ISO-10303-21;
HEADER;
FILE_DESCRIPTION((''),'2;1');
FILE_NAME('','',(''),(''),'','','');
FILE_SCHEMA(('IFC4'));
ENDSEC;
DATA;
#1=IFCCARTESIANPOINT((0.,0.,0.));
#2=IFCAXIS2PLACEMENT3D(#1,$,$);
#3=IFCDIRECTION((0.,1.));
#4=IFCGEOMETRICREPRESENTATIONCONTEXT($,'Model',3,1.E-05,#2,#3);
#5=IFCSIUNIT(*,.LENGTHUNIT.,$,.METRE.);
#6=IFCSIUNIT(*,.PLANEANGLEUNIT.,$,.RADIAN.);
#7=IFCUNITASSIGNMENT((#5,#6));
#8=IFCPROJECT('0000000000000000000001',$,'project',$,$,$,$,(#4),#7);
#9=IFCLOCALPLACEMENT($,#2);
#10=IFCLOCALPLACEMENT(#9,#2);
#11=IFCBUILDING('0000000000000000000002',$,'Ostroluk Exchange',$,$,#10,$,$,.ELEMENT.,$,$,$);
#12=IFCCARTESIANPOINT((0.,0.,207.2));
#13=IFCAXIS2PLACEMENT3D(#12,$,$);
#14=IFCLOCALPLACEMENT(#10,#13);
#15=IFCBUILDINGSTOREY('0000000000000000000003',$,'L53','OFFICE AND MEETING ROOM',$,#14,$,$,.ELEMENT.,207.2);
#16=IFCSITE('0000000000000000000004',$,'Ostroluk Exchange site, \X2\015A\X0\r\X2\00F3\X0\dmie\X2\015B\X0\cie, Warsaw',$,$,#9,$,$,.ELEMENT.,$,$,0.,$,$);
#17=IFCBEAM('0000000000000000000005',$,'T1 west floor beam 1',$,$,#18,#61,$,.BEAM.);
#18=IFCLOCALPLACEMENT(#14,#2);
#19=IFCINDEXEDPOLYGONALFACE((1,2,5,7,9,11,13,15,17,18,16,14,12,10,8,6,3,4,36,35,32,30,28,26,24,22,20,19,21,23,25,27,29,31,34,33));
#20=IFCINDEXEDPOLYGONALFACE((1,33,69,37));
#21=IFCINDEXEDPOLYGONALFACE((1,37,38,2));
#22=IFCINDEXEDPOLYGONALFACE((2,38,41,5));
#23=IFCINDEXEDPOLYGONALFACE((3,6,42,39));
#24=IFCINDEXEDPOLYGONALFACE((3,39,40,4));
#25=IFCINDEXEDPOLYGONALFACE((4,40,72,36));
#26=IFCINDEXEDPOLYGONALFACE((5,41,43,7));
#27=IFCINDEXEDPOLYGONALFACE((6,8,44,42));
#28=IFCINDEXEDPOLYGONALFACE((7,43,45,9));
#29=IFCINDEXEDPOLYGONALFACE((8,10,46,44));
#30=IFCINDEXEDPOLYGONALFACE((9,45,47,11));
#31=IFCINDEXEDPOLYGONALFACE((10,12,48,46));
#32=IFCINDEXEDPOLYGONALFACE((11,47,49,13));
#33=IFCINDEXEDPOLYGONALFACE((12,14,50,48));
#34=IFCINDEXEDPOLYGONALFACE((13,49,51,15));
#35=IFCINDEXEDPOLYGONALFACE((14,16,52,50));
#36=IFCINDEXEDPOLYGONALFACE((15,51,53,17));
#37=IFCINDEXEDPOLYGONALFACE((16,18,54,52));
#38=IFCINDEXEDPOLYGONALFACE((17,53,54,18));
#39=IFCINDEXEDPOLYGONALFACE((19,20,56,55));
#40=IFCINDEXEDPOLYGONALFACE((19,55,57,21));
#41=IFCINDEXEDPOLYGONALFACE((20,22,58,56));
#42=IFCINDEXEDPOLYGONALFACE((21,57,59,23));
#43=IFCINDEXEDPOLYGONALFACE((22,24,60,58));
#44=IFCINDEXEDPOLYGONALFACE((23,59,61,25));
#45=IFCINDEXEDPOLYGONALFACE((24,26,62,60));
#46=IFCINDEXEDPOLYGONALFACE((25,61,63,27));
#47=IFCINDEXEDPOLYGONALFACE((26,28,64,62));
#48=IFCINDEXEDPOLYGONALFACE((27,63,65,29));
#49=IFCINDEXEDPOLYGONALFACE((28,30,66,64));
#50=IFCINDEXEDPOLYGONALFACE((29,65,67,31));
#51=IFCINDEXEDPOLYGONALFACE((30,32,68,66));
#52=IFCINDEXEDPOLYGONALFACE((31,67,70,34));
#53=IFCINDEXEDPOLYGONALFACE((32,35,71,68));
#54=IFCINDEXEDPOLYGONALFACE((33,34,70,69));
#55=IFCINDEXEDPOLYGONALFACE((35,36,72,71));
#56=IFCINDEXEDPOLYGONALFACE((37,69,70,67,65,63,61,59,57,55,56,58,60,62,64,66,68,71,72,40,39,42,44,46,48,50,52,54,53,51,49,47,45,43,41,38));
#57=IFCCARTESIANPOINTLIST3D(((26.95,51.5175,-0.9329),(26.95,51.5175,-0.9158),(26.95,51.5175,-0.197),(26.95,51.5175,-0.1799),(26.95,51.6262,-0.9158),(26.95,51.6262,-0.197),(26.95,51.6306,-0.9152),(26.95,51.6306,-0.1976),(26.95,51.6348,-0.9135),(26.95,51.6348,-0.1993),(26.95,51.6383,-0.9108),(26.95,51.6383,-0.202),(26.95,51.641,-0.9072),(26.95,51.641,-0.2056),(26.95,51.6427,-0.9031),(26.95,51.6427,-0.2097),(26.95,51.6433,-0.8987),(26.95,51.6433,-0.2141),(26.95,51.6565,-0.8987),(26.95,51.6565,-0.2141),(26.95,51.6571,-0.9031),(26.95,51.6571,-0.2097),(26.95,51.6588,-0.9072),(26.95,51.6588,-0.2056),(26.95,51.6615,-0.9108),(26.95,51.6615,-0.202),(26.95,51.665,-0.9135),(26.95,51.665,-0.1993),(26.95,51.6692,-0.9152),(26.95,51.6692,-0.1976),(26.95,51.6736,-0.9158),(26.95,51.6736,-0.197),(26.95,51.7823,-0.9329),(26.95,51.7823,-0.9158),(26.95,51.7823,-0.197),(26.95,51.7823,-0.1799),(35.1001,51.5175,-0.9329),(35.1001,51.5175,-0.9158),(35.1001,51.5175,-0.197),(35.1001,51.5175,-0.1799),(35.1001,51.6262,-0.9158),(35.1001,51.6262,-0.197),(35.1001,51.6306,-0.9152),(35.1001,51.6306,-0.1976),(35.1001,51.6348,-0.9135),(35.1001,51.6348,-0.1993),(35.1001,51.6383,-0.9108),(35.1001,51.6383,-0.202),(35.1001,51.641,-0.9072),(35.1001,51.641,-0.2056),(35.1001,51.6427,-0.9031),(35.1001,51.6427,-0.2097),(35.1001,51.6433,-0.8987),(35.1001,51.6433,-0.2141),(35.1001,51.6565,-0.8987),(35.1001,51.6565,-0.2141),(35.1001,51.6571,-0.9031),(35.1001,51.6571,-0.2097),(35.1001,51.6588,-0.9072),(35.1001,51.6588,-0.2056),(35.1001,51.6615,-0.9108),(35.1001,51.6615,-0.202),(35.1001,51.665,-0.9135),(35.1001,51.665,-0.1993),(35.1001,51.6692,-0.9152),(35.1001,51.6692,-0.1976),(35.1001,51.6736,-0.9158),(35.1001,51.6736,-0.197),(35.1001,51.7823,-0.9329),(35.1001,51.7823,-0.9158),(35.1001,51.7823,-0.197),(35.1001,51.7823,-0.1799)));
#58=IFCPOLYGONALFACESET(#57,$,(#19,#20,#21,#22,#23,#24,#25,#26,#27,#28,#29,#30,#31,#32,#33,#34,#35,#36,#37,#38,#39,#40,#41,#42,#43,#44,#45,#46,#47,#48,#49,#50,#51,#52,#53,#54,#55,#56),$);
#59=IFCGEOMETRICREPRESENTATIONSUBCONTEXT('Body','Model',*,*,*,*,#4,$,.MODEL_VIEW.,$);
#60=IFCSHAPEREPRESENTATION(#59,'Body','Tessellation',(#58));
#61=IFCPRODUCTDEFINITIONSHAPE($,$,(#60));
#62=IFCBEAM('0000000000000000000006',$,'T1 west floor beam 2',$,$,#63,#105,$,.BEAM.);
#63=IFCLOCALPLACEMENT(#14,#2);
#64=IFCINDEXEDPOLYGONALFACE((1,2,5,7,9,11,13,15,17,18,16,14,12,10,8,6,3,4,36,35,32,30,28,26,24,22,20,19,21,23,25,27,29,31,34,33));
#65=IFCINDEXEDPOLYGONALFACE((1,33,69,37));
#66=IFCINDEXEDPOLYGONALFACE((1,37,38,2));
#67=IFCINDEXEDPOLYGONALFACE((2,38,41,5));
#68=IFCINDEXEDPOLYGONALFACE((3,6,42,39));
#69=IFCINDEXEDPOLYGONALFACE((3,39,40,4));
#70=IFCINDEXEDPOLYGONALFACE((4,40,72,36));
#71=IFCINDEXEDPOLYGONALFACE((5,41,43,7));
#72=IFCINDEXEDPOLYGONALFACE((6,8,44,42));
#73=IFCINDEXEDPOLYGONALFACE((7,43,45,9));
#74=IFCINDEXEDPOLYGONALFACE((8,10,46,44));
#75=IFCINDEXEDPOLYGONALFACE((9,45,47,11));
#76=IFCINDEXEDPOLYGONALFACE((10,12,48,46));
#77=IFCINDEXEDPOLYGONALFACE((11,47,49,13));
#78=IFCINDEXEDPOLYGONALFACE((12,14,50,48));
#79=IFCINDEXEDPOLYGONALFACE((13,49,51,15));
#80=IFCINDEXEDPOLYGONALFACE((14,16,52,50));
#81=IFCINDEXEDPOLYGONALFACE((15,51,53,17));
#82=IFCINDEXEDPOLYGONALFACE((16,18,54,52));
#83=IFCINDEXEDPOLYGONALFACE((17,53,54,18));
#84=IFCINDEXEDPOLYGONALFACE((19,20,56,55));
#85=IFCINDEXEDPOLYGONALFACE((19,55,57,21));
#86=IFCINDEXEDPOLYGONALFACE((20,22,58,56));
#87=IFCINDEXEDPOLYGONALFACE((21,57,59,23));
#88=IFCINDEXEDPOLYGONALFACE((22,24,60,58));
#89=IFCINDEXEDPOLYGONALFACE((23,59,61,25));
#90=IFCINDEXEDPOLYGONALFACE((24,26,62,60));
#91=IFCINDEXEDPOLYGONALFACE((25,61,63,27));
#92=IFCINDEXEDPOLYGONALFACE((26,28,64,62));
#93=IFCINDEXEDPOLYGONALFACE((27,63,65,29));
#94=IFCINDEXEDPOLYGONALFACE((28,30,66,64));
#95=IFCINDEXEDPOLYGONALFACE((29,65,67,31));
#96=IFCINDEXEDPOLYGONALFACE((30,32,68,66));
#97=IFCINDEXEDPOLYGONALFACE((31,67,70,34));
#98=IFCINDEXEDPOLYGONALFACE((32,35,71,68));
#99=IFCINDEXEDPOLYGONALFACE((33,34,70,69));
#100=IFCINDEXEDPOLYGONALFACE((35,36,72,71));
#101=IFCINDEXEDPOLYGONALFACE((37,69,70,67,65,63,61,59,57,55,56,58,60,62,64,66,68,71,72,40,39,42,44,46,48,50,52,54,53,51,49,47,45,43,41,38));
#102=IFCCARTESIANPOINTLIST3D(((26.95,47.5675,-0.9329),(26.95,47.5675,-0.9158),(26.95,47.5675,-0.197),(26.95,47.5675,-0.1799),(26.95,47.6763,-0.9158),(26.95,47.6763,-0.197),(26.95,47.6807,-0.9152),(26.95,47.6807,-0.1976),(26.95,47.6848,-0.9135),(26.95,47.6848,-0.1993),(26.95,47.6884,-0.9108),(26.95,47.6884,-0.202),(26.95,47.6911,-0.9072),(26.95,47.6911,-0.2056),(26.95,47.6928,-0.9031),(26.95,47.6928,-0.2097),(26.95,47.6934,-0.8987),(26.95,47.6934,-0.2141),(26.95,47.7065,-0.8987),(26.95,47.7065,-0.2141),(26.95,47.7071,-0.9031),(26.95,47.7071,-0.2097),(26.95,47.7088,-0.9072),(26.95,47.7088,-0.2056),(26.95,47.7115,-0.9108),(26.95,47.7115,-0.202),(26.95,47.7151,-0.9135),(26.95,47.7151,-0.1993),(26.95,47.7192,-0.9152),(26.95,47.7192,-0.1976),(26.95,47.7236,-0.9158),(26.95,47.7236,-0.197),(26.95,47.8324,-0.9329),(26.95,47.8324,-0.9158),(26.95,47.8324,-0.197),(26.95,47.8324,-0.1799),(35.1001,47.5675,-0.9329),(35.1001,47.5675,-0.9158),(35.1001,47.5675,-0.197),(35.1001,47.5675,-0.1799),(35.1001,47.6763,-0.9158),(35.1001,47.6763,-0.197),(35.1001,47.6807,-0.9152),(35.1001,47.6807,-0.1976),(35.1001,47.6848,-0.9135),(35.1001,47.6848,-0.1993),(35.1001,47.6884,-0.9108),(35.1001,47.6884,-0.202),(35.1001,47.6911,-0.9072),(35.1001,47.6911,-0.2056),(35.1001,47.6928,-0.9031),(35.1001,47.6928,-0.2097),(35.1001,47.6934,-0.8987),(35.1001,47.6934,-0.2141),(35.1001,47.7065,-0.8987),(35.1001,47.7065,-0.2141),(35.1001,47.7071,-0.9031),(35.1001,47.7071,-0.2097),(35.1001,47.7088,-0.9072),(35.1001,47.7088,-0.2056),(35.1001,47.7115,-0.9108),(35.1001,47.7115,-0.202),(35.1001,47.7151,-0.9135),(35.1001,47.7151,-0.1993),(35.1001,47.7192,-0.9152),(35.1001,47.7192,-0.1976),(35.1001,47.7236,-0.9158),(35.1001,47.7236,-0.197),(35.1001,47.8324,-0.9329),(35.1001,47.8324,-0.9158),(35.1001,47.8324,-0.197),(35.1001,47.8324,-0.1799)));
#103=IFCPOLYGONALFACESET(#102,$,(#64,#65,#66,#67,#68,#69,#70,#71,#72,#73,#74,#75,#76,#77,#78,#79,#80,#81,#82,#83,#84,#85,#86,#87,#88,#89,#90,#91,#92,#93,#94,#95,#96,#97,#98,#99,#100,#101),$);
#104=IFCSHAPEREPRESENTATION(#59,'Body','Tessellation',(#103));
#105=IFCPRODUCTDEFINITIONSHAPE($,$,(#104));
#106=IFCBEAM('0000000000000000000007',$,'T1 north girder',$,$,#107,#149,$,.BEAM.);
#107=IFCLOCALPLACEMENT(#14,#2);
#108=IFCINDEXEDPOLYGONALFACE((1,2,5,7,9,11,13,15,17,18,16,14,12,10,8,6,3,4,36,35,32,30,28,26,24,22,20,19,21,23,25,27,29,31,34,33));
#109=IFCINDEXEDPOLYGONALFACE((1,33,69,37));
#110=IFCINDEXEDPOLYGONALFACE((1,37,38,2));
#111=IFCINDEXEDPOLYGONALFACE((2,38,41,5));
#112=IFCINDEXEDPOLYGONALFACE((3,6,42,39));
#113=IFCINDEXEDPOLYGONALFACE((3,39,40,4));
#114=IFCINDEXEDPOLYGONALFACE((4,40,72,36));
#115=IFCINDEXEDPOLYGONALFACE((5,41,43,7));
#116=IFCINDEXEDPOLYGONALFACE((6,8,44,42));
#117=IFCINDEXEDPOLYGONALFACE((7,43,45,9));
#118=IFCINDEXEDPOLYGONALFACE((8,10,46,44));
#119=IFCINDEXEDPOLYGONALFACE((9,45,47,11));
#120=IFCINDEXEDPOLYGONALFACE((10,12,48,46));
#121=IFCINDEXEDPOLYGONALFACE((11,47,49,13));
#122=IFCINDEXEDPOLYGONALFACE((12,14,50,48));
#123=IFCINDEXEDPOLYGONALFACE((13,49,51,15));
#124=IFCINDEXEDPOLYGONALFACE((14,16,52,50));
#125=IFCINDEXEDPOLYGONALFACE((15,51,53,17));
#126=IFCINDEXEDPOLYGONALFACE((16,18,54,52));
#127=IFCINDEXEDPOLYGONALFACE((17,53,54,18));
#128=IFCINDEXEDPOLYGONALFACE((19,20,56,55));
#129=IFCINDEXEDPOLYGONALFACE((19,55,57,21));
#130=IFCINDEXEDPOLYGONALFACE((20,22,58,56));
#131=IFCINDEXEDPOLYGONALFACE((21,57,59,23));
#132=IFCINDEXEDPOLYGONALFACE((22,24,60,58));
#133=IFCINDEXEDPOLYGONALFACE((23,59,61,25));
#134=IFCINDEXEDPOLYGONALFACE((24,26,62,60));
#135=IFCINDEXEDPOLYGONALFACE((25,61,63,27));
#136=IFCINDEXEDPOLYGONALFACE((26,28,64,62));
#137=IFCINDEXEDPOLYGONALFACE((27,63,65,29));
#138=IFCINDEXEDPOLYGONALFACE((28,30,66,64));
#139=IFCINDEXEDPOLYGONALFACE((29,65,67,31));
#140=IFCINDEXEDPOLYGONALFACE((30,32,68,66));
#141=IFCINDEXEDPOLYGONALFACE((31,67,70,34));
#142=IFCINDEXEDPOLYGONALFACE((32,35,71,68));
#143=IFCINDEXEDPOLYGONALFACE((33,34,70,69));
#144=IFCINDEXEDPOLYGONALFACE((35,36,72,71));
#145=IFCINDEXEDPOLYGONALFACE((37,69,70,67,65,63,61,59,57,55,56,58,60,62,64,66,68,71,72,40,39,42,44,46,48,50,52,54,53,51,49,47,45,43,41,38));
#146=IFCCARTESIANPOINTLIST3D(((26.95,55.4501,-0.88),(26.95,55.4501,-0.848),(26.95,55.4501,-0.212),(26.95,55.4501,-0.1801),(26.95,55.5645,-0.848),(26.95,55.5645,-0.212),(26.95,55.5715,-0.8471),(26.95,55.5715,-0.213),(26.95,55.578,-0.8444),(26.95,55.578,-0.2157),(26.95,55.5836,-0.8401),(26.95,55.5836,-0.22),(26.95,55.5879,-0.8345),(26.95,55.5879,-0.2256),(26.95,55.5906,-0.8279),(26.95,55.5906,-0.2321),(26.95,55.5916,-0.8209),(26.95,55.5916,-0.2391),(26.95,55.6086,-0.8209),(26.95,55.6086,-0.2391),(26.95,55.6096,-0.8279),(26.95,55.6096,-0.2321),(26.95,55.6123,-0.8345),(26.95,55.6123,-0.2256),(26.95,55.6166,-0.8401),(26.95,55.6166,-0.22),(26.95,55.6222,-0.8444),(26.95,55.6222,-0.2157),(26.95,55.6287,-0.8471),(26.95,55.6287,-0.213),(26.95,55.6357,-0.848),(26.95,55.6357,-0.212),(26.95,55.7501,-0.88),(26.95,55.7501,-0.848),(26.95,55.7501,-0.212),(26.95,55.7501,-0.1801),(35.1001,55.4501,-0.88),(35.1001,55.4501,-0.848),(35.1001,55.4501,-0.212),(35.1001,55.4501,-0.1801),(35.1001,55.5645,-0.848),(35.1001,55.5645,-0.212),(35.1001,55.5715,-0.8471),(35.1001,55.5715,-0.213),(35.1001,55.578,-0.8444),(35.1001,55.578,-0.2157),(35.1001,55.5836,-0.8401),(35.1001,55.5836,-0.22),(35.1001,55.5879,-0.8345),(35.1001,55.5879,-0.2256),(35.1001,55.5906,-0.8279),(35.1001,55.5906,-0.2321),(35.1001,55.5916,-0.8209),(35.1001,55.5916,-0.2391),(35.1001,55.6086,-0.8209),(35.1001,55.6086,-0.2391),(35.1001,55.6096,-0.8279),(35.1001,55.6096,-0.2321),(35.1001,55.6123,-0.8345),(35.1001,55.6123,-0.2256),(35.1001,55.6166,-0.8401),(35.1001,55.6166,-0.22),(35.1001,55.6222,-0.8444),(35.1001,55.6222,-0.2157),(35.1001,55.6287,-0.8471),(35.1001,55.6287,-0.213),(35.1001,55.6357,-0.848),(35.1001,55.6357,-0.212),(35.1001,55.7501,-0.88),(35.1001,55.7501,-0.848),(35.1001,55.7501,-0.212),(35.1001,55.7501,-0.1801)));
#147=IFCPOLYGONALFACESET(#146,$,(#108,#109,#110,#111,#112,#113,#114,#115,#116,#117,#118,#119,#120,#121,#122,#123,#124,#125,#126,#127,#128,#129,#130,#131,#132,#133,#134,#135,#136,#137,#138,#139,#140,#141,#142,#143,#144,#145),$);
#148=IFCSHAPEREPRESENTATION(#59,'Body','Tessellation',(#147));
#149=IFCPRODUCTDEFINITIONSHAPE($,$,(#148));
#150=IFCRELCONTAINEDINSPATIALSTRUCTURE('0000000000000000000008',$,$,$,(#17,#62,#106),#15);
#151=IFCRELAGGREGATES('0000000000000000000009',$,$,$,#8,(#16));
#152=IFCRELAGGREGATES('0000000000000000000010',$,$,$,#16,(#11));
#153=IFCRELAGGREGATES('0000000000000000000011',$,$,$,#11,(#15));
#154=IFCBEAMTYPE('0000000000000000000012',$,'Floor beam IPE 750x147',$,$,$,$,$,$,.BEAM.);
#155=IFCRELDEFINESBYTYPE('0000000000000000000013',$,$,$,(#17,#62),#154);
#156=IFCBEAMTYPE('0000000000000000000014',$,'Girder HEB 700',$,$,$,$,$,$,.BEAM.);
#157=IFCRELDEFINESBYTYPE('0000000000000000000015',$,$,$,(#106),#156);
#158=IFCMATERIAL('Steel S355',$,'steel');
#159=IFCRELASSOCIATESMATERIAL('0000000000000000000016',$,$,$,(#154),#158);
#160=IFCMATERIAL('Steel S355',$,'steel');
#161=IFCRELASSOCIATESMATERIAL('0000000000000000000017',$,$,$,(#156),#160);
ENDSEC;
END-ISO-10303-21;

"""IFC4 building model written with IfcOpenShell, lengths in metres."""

from ifc_helpers import new_model, si_unit, direction, frame, origin, origin_2d, place, context, subcontext, project, spatial, i_section, extrude, material, material_profile, profile_set, type_object, element, save


model = new_model("IFC4")

# Units and contexts
model_context = context("Model", 3, precision=1e-05, world=origin(), true_north=direction((0.0, 1.0)))
body_context = subcontext(model_context, "Body", "Model", "MODEL_VIEW")
ifc_project = project(units=[si_unit("LENGTHUNIT", "METRE"), si_unit("PLANEANGLEUNIT", "RADIAN")], contexts=[model_context])

# Site, building, storey
site_placement = place(None, origin())
site = spatial("IfcSite", under=ifc_project, at=site_placement, Name="Ostroluk Exchange site, Śródmieście, Warsaw", CompositionType="ELEMENT", RefElevation=0.0)
building_placement = place(site_placement, origin())
building = spatial("IfcBuilding", under=site, at=building_placement, Name="Ostroluk Exchange", CompositionType="ELEMENT")
storey_placement = place(building_placement, frame((0.0, 0.0, 207.2)))
storey = spatial("IfcBuildingStorey", under=building, at=storey_placement, Name="L53", Description="OFFICE AND MEETING ROOM", CompositionType="ELEMENT", Elevation=207.2)

# Beams
ifc_material_1 = material(Name="Steel S355", Category="steel")
ifc_material_profile_1 = material_profile(ifc_material_1, i_section(OverallWidth=0.2649, OverallDepth=0.7529, WebThickness=0.0132, FlangeThickness=0.0171, FilletRadius=0.0171, at=origin_2d()), Name="IPE 750x147")
ifc_profile_set_1 = profile_set([ifc_material_profile_1], Name="Steel S355")
beam_type_1 = type_object("IfcBeamType", Name="Floor beam IPE 750x147", PredefinedType="BEAM", material=ifc_profile_set_1)
for number, where, z_axis, x_axis, name in (
    (1, (35.1001, 51.6499, -0.5564), (-1.0, 0.0, 0.0), (0.0, -1.0, 0.0), "T1 west floor beam 1"),
    (2, (35.1001, 47.7, -0.5564), (-1.0, 0.0, 0.0), (0.0, -1.0, 0.0), "T1 west floor beam 2"),
):
    element("IfcBeam", number, at=place(storey_placement, frame(where, z_axis=z_axis, x_axis=x_axis)), inside=storey, type_object=beam_type_1, Name=name, PredefinedType="BEAM", context=body_context, shape_type="SweptSolid", body=[
        extrude(i_section(OverallWidth=0.2649, OverallDepth=0.7529, WebThickness=0.0132, FlangeThickness=0.0171, FilletRadius=0.0171, at=origin_2d()), origin(), (0.0, 0.0, 1.0), 8.1501),
    ])
ifc_material_2 = material(Name="Steel S355", Category="steel")
ifc_material_profile_2 = material_profile(ifc_material_2, i_section(OverallWidth=0.3, OverallDepth=0.7, WebThickness=0.0171, FlangeThickness=0.032, FilletRadius=0.0271, at=origin_2d()), Name="HEB 700")
ifc_profile_set_2 = profile_set([ifc_material_profile_2], Name="Steel S355")
beam_type_2 = type_object("IfcBeamType", Name="Girder HEB 700", PredefinedType="BEAM", material=ifc_profile_set_2)
beam_1_placement = place(storey_placement, frame((35.1001, 55.6001, -0.53), z_axis=(-1.0, 0.0, 0.0), x_axis=(0.0, -1.0, 0.0)))
element("IfcBeam", 3, at=beam_1_placement, inside=storey, type_object=beam_type_2, Name="T1 north girder", PredefinedType="BEAM", context=body_context, shape_type="SweptSolid", body=[
    extrude(i_section(OverallWidth=0.3, OverallDepth=0.7, WebThickness=0.0171, FlangeThickness=0.032, FilletRadius=0.0271, at=origin_2d()), origin(), (0.0, 0.0, 1.0), 8.1501),
])

save(model, "model.ifc")
